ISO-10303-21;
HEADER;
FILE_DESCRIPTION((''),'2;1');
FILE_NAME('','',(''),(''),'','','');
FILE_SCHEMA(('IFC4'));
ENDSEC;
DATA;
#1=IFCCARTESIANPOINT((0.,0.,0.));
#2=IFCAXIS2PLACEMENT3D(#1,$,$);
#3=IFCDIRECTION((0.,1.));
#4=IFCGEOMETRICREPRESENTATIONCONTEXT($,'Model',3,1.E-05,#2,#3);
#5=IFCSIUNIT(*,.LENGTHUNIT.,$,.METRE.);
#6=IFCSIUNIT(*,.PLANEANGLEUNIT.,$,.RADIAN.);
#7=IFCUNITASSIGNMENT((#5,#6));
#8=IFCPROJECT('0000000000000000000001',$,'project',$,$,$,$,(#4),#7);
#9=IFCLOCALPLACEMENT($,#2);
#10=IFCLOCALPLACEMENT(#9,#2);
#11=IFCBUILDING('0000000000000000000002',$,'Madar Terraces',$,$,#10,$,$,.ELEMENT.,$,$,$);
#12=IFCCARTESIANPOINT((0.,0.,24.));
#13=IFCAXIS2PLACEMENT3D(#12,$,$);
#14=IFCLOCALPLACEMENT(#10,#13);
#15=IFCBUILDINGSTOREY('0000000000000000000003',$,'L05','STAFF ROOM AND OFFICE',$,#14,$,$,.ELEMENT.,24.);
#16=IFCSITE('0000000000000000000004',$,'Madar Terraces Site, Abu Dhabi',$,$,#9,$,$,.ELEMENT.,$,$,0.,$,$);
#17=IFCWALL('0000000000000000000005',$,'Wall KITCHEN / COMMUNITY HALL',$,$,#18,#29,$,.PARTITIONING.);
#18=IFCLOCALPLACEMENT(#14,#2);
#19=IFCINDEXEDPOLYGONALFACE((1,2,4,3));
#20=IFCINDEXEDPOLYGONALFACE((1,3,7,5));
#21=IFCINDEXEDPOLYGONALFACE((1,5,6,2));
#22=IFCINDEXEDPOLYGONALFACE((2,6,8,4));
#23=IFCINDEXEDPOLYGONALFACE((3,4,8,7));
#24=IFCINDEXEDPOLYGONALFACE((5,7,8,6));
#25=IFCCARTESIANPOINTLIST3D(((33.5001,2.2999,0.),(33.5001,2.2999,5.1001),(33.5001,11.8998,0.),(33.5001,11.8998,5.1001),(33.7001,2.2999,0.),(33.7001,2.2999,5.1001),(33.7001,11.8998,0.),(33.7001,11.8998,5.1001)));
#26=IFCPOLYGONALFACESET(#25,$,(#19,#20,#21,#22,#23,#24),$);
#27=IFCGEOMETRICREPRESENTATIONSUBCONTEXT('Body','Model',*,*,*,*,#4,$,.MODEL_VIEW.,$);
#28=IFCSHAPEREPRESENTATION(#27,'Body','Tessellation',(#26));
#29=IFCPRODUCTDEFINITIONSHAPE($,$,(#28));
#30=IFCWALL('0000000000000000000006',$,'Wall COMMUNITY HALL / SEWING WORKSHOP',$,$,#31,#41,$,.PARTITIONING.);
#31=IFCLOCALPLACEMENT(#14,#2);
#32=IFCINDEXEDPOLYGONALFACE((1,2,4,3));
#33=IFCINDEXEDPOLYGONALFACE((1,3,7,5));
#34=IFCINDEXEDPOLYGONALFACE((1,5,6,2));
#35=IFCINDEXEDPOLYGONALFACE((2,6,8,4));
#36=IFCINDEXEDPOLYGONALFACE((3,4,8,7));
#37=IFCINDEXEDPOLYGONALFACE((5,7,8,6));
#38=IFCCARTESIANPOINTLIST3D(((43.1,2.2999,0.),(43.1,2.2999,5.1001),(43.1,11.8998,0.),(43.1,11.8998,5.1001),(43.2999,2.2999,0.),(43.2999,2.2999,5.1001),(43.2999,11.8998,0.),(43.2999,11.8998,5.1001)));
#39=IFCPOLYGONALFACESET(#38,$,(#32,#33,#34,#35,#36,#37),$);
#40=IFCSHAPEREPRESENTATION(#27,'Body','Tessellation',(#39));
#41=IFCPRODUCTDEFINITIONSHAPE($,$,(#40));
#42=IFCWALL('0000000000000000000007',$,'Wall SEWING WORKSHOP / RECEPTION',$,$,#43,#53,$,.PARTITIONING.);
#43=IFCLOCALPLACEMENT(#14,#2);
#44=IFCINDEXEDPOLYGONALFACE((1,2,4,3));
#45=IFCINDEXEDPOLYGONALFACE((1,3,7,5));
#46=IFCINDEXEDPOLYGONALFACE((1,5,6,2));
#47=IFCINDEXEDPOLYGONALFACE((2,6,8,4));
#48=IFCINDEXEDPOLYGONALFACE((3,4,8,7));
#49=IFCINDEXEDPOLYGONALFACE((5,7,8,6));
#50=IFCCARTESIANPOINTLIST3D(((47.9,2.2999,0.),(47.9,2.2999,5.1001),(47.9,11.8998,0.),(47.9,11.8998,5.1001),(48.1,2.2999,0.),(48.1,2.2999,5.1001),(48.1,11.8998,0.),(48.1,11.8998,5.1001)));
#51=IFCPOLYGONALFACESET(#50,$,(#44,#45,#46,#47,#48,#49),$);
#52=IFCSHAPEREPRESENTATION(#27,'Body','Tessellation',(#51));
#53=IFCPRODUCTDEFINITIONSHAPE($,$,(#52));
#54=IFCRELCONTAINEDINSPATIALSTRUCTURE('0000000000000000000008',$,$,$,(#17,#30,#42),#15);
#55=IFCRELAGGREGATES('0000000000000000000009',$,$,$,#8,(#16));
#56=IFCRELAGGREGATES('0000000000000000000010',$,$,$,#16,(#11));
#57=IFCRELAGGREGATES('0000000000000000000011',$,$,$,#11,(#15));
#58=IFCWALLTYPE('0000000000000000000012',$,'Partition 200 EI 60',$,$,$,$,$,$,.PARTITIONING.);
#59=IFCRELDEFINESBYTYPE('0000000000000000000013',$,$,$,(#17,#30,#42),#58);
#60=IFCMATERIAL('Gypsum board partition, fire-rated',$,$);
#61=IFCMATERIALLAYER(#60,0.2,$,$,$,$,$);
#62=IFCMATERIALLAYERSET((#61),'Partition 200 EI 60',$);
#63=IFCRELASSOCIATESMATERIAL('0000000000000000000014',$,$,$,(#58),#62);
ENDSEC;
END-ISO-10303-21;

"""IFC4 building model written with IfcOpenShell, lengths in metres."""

from ifc_helpers import new_model, si_unit, direction, frame, frame_2d, origin, place, context, subcontext, project, spatial, rectangle, extrude, material, layer, layer_set, type_object, element, save


model = new_model("IFC4")

# Units and contexts
model_context = context("Model", 3, precision=1e-05, world=origin(), true_north=direction((0.0, 1.0)))
body_context = subcontext(model_context, "Body", "Model", "MODEL_VIEW")
ifc_project = project(units=[si_unit("LENGTHUNIT", "METRE"), si_unit("PLANEANGLEUNIT", "RADIAN")], contexts=[model_context])

# Site, building, storey
site_placement = place(None, origin())
site = spatial("IfcSite", under=ifc_project, at=site_placement, Name="Madar Terraces Site, Abu Dhabi", CompositionType="ELEMENT", RefElevation=0.0)
building_placement = place(site_placement, origin())
building = spatial("IfcBuilding", under=site, at=building_placement, Name="Madar Terraces", CompositionType="ELEMENT")
storey_placement = place(building_placement, frame((0.0, 0.0, 24.0)))
storey = spatial("IfcBuildingStorey", under=building, at=storey_placement, Name="L05", Description="STAFF ROOM AND OFFICE", CompositionType="ELEMENT", Elevation=24.0)

# Shared definitions
ifc_material_1 = material(Name="Gypsum board partition, fire-rated")
ifc_layer_1 = layer(ifc_material_1, 0.2)
ifc_layer_set_1 = layer_set([ifc_layer_1], Name="Partition 200 EI 60")
wall_type_1 = type_object("IfcWallType", Name="Partition 200 EI 60", PredefinedType="PARTITIONING", material=ifc_layer_set_1)

# Walls
for number, where, z_axis, x_axis, name in (
    (1, (33.6001, 2.3, 0.0), (0.0, 0.0, 1.0), (0.0, 1.0, 0.0), "Wall KITCHEN / COMMUNITY HALL"),
    (2, (43.2, 2.3, 0.0), (0.0, 0.0, 1.0), (0.0, 1.0, 0.0), "Wall COMMUNITY HALL / SEWING WORKSHOP"),
    (3, (48.0, 2.3, 0.0), (0.0, 0.0, 1.0), (0.0, 1.0, 0.0), "Wall SEWING WORKSHOP / RECEPTION"),
):
    element("IfcWall", number, at=place(storey_placement, frame(where, z_axis=z_axis, x_axis=x_axis)), inside=storey, type_object=wall_type_1, Name=name, PredefinedType="PARTITIONING", context=body_context, shape_type="SweptSolid", body=[
        extrude(rectangle(XDim=9.5999, YDim=0.2, at=frame_2d((4.7998, 0.0))), origin(), (0.0, 0.0, 1.0), 5.1001),
    ])

save(model, "model.ifc")
